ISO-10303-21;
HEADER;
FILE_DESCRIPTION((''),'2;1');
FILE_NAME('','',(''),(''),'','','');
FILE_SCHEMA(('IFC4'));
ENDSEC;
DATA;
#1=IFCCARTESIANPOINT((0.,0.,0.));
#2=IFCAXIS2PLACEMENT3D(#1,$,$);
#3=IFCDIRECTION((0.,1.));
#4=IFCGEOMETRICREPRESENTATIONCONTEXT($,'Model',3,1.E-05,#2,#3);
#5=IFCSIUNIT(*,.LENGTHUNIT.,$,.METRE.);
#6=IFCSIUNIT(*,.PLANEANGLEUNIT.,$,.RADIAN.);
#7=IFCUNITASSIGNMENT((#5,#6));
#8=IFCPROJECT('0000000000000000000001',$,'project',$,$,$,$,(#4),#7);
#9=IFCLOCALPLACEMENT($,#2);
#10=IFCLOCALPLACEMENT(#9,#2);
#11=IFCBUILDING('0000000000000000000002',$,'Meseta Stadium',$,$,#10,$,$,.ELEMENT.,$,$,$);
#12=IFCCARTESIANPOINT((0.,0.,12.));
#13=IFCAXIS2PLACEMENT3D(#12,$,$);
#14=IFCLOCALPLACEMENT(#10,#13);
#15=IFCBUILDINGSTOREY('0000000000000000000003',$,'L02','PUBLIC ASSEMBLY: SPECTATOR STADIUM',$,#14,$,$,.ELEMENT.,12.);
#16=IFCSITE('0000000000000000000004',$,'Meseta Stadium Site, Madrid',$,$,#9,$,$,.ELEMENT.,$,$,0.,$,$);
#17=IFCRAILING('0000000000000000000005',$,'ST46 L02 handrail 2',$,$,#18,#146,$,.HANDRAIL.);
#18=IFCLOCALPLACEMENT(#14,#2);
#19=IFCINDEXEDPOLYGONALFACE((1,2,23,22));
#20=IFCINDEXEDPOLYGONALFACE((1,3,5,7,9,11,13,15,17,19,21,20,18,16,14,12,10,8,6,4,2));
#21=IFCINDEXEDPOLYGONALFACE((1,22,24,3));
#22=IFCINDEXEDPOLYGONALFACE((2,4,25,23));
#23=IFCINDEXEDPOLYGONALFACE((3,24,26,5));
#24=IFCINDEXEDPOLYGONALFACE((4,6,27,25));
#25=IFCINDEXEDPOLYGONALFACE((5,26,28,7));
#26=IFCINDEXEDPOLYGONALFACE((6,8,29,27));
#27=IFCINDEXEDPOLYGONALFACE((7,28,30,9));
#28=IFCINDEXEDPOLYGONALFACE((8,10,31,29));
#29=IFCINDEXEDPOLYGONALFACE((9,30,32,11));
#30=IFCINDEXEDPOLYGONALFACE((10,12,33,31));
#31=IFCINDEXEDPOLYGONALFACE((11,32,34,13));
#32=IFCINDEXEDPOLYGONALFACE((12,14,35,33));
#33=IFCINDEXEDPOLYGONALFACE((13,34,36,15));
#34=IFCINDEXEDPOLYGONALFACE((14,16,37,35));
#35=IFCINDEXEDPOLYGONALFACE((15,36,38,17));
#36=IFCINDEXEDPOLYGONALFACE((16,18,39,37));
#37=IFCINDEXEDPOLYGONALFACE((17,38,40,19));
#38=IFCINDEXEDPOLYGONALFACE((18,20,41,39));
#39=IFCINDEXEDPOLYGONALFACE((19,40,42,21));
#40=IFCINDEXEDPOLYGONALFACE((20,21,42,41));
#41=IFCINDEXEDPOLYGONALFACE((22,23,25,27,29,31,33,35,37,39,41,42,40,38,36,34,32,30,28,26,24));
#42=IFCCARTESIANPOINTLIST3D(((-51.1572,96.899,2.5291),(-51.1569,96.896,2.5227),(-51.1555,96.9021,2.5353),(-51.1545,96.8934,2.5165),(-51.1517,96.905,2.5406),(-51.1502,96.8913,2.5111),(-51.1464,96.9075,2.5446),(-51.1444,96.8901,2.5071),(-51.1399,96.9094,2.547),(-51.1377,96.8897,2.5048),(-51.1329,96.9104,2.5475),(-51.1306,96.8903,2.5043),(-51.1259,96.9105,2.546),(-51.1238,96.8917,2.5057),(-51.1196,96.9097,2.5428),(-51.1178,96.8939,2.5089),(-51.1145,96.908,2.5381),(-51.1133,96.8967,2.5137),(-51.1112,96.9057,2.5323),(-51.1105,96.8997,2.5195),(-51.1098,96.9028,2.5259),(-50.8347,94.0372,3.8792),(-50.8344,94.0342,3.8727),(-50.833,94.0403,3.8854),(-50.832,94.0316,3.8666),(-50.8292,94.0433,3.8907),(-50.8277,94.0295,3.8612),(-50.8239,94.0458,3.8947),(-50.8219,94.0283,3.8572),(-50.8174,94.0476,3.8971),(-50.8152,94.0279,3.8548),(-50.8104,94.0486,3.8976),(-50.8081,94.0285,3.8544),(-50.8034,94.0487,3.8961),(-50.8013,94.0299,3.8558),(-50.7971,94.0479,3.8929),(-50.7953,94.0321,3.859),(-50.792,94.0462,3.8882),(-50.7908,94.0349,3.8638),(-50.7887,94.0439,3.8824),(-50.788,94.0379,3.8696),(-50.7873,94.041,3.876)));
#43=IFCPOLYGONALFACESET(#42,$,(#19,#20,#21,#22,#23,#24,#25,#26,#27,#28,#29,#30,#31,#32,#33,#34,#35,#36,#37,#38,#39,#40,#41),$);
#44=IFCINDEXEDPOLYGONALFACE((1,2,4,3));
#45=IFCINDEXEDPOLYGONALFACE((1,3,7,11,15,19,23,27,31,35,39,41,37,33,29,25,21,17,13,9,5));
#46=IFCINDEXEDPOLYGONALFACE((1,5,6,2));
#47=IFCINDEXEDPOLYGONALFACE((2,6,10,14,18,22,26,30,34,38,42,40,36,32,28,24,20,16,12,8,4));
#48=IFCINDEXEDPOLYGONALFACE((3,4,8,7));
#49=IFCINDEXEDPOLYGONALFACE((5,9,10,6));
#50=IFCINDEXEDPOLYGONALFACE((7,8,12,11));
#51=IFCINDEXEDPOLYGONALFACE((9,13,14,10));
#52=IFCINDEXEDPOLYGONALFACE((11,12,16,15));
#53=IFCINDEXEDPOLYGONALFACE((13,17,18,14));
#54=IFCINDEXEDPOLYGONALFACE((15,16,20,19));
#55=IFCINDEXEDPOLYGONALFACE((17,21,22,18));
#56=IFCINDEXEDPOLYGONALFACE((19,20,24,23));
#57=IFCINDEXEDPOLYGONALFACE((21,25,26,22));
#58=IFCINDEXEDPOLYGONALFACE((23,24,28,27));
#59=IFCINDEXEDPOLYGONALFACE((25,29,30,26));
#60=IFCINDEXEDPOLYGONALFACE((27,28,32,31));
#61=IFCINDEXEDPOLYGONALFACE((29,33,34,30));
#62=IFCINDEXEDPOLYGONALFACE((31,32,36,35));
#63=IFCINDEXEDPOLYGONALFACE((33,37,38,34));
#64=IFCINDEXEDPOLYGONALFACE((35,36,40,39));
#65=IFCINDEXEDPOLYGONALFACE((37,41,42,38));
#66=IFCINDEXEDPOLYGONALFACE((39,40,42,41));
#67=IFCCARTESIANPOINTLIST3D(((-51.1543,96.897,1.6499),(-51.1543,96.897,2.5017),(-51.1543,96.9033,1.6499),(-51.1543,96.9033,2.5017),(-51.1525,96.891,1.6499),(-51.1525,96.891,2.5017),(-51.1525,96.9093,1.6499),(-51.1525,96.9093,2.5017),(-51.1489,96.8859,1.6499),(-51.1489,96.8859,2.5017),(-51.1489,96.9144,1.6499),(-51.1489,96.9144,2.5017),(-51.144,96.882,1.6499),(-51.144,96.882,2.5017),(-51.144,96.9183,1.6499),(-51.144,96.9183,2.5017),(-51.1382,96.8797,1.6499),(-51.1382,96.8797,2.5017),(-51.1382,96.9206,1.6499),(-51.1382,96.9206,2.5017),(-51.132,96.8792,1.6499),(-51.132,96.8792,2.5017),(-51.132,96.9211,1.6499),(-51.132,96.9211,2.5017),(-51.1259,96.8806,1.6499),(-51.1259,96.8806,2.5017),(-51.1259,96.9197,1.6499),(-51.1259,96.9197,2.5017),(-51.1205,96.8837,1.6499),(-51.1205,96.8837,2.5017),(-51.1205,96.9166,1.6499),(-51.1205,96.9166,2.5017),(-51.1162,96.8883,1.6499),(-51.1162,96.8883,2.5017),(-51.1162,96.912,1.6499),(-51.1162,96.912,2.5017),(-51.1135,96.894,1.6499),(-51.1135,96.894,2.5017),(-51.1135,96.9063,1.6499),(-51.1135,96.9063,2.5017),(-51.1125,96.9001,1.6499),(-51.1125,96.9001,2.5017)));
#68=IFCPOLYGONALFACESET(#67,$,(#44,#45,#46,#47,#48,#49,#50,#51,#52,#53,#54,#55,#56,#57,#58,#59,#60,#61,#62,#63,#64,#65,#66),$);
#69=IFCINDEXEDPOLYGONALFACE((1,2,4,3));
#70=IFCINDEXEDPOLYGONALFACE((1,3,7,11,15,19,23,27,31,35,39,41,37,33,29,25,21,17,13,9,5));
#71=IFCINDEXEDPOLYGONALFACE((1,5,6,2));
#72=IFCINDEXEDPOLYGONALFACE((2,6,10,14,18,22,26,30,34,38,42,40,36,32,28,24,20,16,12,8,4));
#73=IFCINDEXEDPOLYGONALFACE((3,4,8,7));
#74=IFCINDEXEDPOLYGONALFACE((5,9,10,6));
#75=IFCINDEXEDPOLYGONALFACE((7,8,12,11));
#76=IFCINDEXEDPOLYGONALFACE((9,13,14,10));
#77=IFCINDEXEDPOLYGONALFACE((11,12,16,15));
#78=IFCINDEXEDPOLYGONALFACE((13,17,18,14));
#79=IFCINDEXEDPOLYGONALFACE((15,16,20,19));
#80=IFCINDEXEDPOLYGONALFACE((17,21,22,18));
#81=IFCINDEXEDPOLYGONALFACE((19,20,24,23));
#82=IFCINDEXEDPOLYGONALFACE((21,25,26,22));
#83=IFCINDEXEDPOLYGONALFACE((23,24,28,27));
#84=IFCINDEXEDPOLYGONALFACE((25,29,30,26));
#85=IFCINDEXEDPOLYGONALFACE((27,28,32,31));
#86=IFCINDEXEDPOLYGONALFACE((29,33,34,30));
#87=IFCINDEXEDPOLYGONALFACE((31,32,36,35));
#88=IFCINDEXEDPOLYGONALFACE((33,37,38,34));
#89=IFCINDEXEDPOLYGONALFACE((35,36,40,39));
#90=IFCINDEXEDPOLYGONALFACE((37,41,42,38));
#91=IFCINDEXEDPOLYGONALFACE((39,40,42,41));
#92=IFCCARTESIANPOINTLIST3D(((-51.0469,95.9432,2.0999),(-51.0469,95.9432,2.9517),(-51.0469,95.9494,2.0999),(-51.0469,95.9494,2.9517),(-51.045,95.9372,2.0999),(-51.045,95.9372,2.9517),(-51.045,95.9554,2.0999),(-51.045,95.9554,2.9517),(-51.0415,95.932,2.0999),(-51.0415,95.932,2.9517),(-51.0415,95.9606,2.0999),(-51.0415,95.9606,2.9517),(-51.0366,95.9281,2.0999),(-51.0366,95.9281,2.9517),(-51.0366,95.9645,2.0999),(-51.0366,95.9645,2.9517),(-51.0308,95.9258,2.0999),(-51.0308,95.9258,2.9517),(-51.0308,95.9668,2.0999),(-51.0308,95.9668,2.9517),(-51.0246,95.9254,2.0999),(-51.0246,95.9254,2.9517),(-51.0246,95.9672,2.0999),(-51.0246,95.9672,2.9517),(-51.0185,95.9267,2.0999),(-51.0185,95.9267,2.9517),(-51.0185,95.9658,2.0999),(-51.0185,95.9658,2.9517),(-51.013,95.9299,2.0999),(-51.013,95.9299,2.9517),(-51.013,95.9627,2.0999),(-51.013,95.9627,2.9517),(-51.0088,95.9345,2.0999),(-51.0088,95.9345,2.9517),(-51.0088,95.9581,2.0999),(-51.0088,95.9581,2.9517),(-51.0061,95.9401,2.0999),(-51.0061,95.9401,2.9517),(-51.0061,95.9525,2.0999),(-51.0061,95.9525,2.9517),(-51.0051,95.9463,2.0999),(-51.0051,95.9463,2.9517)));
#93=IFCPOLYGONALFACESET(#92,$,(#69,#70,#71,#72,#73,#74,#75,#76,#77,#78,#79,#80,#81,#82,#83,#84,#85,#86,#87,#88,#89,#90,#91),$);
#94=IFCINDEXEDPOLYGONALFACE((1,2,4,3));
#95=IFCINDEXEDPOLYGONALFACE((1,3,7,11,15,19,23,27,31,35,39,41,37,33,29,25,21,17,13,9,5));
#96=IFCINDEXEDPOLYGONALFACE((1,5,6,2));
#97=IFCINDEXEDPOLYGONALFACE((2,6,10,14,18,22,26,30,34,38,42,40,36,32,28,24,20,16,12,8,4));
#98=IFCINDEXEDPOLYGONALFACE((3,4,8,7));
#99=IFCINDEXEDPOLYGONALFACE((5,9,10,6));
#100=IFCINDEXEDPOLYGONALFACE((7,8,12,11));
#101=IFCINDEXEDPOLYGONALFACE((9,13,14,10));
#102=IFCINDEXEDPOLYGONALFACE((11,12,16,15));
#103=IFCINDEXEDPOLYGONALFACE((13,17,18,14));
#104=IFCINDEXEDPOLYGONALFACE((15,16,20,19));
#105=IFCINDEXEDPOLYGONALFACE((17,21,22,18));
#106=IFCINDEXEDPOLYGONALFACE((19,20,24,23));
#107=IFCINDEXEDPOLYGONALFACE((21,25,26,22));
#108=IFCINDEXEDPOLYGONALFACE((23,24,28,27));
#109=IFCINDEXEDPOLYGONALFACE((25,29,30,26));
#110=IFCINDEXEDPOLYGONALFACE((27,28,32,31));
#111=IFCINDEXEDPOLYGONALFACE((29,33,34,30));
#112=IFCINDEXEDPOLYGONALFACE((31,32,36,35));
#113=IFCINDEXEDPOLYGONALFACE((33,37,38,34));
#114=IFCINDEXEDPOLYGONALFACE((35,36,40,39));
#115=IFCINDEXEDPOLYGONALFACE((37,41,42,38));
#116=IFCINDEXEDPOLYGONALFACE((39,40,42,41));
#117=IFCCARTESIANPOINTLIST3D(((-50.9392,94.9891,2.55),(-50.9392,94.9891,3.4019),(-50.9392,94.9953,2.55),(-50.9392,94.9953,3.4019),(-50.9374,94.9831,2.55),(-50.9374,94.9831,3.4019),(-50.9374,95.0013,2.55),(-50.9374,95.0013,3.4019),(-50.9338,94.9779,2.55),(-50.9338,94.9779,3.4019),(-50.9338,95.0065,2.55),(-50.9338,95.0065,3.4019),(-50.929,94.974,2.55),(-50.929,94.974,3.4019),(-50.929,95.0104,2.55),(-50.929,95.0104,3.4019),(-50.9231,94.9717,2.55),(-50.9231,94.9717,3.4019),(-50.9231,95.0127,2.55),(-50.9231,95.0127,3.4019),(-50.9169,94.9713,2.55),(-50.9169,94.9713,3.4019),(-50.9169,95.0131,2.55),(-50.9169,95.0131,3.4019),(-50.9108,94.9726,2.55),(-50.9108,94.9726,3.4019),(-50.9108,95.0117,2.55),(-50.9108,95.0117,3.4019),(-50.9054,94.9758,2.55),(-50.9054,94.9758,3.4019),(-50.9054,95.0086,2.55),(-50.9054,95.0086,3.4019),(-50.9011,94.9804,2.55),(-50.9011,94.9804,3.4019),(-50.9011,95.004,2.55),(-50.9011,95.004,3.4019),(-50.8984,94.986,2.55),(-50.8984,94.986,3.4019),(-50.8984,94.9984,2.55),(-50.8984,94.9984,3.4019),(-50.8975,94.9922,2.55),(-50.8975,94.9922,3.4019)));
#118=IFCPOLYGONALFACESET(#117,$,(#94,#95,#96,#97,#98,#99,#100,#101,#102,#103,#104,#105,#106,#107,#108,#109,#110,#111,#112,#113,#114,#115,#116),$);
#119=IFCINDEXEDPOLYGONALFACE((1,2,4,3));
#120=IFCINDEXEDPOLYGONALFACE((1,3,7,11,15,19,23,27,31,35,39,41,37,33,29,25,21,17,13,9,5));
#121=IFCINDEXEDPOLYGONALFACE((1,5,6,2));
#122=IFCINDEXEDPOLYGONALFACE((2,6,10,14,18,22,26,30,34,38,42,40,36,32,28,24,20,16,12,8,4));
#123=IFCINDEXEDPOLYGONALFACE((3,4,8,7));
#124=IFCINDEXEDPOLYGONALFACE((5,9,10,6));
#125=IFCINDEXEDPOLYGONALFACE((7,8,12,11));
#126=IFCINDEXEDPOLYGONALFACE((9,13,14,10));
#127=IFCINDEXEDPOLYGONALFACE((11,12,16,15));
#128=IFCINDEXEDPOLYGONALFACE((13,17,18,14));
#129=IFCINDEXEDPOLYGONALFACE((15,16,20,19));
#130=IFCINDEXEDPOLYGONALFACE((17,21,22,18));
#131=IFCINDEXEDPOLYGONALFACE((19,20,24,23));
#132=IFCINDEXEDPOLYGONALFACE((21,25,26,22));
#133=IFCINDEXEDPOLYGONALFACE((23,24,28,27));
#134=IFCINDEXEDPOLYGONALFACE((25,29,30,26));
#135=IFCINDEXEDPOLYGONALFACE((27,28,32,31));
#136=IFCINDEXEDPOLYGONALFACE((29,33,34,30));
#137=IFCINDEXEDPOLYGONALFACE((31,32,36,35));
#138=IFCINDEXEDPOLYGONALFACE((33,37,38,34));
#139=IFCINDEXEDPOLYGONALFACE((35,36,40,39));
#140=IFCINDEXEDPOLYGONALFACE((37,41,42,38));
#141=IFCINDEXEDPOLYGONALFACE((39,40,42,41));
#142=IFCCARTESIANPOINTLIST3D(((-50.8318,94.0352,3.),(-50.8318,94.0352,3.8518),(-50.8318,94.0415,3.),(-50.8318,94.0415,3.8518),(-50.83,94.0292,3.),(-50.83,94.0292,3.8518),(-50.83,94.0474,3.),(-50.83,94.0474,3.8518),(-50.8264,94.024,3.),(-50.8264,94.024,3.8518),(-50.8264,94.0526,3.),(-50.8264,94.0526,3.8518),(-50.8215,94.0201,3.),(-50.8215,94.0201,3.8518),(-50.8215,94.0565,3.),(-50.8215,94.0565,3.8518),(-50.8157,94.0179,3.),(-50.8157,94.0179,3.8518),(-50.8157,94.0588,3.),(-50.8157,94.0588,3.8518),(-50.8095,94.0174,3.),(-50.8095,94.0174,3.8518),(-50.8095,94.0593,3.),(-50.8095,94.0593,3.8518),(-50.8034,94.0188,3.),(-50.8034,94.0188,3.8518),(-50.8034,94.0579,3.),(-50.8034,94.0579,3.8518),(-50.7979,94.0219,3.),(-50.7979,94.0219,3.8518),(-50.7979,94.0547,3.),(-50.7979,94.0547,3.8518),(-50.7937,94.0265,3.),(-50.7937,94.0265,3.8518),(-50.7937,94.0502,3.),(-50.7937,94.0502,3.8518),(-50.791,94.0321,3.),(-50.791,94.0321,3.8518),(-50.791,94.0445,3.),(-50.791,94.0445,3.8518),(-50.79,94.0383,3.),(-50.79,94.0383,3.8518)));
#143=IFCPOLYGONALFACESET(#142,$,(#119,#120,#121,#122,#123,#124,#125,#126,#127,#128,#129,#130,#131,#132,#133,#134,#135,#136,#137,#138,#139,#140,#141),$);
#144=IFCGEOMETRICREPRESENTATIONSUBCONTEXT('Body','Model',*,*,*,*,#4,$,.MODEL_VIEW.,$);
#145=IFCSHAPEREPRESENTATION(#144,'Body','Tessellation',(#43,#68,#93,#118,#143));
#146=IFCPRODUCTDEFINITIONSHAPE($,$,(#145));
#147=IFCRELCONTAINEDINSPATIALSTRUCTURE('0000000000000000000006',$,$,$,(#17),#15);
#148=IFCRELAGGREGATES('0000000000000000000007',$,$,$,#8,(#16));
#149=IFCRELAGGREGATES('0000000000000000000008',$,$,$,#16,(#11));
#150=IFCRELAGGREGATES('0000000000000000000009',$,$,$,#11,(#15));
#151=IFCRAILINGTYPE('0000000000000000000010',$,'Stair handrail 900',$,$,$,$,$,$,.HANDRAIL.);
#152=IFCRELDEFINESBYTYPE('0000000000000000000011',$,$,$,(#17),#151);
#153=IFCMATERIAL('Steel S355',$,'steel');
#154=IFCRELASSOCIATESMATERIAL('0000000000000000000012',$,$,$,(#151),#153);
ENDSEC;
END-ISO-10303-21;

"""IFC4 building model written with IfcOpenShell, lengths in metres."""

from ifc_helpers import new_model, si_unit, direction, frame, origin, origin_2d, place, context, subcontext, project, spatial, circle, extrude, material, type_object, element, save


model = new_model("IFC4")

# Units and contexts
model_context = context("Model", 3, precision=1e-05, world=origin(), true_north=direction((0.0, 1.0)))
body_context = subcontext(model_context, "Body", "Model", "MODEL_VIEW")
ifc_project = project(units=[si_unit("LENGTHUNIT", "METRE"), si_unit("PLANEANGLEUNIT", "RADIAN")], contexts=[model_context])

# Site, building, storey
site_placement = place(None, origin())
site = spatial("IfcSite", under=ifc_project, at=site_placement, Name="Meseta Stadium Site, Madrid", CompositionType="ELEMENT", RefElevation=0.0)
building_placement = place(site_placement, origin())
building = spatial("IfcBuilding", under=site, at=building_placement, Name="Meseta Stadium", CompositionType="ELEMENT")
storey_placement = place(building_placement, frame((0.0, 0.0, 12.0)))
storey = spatial("IfcBuildingStorey", under=building, at=storey_placement, Name="L02", Description="PUBLIC ASSEMBLY: SPECTATOR STADIUM", CompositionType="ELEMENT", Elevation=12.0)

# Railing
ifc_material_1 = material(Name="Steel S355", Category="steel")
railing_type_1 = type_object("IfcRailingType", Name="Stair handrail 900", PredefinedType="HANDRAIL", material=ifc_material_1)
railing_1_placement = place(storey_placement, frame((-51.1335, 96.9001, 1.6499)))
element("IfcRailing", 1, at=railing_1_placement, inside=storey, type_object=railing_type_1, Name="ST46 L02 handrail 2", PredefinedType="HANDRAIL", context=body_context, shape_type="SweptSolid", body=[
    extrude(circle(Radius=0.0239, at=origin_2d()), frame((0.0, 0.0, 0.876), z_axis=(0.101396, -0.899748, 0.424467), x_axis=(0.99371, 0.111985, 0.0)), (0.0, 0.0, 1.0), 3.1807),
    extrude(circle(Radius=0.021, at=origin_2d()), origin(), (0.0, 0.0, 1.0), 0.8518),
    extrude(circle(Radius=0.021, at=origin_2d()), frame((0.1074, -0.9539, 0.45)), (0.0, 0.0, 1.0), 0.8518),
    extrude(circle(Radius=0.021, at=origin_2d()), frame((0.2151, -1.908, 0.9001)), (0.0, 0.0, 1.0), 0.8518),
    extrude(circle(Radius=0.021, at=origin_2d()), frame((0.3225, -2.8618, 1.3501)), (0.0, 0.0, 1.0), 0.8518),
])

save(model, "model.ifc")
